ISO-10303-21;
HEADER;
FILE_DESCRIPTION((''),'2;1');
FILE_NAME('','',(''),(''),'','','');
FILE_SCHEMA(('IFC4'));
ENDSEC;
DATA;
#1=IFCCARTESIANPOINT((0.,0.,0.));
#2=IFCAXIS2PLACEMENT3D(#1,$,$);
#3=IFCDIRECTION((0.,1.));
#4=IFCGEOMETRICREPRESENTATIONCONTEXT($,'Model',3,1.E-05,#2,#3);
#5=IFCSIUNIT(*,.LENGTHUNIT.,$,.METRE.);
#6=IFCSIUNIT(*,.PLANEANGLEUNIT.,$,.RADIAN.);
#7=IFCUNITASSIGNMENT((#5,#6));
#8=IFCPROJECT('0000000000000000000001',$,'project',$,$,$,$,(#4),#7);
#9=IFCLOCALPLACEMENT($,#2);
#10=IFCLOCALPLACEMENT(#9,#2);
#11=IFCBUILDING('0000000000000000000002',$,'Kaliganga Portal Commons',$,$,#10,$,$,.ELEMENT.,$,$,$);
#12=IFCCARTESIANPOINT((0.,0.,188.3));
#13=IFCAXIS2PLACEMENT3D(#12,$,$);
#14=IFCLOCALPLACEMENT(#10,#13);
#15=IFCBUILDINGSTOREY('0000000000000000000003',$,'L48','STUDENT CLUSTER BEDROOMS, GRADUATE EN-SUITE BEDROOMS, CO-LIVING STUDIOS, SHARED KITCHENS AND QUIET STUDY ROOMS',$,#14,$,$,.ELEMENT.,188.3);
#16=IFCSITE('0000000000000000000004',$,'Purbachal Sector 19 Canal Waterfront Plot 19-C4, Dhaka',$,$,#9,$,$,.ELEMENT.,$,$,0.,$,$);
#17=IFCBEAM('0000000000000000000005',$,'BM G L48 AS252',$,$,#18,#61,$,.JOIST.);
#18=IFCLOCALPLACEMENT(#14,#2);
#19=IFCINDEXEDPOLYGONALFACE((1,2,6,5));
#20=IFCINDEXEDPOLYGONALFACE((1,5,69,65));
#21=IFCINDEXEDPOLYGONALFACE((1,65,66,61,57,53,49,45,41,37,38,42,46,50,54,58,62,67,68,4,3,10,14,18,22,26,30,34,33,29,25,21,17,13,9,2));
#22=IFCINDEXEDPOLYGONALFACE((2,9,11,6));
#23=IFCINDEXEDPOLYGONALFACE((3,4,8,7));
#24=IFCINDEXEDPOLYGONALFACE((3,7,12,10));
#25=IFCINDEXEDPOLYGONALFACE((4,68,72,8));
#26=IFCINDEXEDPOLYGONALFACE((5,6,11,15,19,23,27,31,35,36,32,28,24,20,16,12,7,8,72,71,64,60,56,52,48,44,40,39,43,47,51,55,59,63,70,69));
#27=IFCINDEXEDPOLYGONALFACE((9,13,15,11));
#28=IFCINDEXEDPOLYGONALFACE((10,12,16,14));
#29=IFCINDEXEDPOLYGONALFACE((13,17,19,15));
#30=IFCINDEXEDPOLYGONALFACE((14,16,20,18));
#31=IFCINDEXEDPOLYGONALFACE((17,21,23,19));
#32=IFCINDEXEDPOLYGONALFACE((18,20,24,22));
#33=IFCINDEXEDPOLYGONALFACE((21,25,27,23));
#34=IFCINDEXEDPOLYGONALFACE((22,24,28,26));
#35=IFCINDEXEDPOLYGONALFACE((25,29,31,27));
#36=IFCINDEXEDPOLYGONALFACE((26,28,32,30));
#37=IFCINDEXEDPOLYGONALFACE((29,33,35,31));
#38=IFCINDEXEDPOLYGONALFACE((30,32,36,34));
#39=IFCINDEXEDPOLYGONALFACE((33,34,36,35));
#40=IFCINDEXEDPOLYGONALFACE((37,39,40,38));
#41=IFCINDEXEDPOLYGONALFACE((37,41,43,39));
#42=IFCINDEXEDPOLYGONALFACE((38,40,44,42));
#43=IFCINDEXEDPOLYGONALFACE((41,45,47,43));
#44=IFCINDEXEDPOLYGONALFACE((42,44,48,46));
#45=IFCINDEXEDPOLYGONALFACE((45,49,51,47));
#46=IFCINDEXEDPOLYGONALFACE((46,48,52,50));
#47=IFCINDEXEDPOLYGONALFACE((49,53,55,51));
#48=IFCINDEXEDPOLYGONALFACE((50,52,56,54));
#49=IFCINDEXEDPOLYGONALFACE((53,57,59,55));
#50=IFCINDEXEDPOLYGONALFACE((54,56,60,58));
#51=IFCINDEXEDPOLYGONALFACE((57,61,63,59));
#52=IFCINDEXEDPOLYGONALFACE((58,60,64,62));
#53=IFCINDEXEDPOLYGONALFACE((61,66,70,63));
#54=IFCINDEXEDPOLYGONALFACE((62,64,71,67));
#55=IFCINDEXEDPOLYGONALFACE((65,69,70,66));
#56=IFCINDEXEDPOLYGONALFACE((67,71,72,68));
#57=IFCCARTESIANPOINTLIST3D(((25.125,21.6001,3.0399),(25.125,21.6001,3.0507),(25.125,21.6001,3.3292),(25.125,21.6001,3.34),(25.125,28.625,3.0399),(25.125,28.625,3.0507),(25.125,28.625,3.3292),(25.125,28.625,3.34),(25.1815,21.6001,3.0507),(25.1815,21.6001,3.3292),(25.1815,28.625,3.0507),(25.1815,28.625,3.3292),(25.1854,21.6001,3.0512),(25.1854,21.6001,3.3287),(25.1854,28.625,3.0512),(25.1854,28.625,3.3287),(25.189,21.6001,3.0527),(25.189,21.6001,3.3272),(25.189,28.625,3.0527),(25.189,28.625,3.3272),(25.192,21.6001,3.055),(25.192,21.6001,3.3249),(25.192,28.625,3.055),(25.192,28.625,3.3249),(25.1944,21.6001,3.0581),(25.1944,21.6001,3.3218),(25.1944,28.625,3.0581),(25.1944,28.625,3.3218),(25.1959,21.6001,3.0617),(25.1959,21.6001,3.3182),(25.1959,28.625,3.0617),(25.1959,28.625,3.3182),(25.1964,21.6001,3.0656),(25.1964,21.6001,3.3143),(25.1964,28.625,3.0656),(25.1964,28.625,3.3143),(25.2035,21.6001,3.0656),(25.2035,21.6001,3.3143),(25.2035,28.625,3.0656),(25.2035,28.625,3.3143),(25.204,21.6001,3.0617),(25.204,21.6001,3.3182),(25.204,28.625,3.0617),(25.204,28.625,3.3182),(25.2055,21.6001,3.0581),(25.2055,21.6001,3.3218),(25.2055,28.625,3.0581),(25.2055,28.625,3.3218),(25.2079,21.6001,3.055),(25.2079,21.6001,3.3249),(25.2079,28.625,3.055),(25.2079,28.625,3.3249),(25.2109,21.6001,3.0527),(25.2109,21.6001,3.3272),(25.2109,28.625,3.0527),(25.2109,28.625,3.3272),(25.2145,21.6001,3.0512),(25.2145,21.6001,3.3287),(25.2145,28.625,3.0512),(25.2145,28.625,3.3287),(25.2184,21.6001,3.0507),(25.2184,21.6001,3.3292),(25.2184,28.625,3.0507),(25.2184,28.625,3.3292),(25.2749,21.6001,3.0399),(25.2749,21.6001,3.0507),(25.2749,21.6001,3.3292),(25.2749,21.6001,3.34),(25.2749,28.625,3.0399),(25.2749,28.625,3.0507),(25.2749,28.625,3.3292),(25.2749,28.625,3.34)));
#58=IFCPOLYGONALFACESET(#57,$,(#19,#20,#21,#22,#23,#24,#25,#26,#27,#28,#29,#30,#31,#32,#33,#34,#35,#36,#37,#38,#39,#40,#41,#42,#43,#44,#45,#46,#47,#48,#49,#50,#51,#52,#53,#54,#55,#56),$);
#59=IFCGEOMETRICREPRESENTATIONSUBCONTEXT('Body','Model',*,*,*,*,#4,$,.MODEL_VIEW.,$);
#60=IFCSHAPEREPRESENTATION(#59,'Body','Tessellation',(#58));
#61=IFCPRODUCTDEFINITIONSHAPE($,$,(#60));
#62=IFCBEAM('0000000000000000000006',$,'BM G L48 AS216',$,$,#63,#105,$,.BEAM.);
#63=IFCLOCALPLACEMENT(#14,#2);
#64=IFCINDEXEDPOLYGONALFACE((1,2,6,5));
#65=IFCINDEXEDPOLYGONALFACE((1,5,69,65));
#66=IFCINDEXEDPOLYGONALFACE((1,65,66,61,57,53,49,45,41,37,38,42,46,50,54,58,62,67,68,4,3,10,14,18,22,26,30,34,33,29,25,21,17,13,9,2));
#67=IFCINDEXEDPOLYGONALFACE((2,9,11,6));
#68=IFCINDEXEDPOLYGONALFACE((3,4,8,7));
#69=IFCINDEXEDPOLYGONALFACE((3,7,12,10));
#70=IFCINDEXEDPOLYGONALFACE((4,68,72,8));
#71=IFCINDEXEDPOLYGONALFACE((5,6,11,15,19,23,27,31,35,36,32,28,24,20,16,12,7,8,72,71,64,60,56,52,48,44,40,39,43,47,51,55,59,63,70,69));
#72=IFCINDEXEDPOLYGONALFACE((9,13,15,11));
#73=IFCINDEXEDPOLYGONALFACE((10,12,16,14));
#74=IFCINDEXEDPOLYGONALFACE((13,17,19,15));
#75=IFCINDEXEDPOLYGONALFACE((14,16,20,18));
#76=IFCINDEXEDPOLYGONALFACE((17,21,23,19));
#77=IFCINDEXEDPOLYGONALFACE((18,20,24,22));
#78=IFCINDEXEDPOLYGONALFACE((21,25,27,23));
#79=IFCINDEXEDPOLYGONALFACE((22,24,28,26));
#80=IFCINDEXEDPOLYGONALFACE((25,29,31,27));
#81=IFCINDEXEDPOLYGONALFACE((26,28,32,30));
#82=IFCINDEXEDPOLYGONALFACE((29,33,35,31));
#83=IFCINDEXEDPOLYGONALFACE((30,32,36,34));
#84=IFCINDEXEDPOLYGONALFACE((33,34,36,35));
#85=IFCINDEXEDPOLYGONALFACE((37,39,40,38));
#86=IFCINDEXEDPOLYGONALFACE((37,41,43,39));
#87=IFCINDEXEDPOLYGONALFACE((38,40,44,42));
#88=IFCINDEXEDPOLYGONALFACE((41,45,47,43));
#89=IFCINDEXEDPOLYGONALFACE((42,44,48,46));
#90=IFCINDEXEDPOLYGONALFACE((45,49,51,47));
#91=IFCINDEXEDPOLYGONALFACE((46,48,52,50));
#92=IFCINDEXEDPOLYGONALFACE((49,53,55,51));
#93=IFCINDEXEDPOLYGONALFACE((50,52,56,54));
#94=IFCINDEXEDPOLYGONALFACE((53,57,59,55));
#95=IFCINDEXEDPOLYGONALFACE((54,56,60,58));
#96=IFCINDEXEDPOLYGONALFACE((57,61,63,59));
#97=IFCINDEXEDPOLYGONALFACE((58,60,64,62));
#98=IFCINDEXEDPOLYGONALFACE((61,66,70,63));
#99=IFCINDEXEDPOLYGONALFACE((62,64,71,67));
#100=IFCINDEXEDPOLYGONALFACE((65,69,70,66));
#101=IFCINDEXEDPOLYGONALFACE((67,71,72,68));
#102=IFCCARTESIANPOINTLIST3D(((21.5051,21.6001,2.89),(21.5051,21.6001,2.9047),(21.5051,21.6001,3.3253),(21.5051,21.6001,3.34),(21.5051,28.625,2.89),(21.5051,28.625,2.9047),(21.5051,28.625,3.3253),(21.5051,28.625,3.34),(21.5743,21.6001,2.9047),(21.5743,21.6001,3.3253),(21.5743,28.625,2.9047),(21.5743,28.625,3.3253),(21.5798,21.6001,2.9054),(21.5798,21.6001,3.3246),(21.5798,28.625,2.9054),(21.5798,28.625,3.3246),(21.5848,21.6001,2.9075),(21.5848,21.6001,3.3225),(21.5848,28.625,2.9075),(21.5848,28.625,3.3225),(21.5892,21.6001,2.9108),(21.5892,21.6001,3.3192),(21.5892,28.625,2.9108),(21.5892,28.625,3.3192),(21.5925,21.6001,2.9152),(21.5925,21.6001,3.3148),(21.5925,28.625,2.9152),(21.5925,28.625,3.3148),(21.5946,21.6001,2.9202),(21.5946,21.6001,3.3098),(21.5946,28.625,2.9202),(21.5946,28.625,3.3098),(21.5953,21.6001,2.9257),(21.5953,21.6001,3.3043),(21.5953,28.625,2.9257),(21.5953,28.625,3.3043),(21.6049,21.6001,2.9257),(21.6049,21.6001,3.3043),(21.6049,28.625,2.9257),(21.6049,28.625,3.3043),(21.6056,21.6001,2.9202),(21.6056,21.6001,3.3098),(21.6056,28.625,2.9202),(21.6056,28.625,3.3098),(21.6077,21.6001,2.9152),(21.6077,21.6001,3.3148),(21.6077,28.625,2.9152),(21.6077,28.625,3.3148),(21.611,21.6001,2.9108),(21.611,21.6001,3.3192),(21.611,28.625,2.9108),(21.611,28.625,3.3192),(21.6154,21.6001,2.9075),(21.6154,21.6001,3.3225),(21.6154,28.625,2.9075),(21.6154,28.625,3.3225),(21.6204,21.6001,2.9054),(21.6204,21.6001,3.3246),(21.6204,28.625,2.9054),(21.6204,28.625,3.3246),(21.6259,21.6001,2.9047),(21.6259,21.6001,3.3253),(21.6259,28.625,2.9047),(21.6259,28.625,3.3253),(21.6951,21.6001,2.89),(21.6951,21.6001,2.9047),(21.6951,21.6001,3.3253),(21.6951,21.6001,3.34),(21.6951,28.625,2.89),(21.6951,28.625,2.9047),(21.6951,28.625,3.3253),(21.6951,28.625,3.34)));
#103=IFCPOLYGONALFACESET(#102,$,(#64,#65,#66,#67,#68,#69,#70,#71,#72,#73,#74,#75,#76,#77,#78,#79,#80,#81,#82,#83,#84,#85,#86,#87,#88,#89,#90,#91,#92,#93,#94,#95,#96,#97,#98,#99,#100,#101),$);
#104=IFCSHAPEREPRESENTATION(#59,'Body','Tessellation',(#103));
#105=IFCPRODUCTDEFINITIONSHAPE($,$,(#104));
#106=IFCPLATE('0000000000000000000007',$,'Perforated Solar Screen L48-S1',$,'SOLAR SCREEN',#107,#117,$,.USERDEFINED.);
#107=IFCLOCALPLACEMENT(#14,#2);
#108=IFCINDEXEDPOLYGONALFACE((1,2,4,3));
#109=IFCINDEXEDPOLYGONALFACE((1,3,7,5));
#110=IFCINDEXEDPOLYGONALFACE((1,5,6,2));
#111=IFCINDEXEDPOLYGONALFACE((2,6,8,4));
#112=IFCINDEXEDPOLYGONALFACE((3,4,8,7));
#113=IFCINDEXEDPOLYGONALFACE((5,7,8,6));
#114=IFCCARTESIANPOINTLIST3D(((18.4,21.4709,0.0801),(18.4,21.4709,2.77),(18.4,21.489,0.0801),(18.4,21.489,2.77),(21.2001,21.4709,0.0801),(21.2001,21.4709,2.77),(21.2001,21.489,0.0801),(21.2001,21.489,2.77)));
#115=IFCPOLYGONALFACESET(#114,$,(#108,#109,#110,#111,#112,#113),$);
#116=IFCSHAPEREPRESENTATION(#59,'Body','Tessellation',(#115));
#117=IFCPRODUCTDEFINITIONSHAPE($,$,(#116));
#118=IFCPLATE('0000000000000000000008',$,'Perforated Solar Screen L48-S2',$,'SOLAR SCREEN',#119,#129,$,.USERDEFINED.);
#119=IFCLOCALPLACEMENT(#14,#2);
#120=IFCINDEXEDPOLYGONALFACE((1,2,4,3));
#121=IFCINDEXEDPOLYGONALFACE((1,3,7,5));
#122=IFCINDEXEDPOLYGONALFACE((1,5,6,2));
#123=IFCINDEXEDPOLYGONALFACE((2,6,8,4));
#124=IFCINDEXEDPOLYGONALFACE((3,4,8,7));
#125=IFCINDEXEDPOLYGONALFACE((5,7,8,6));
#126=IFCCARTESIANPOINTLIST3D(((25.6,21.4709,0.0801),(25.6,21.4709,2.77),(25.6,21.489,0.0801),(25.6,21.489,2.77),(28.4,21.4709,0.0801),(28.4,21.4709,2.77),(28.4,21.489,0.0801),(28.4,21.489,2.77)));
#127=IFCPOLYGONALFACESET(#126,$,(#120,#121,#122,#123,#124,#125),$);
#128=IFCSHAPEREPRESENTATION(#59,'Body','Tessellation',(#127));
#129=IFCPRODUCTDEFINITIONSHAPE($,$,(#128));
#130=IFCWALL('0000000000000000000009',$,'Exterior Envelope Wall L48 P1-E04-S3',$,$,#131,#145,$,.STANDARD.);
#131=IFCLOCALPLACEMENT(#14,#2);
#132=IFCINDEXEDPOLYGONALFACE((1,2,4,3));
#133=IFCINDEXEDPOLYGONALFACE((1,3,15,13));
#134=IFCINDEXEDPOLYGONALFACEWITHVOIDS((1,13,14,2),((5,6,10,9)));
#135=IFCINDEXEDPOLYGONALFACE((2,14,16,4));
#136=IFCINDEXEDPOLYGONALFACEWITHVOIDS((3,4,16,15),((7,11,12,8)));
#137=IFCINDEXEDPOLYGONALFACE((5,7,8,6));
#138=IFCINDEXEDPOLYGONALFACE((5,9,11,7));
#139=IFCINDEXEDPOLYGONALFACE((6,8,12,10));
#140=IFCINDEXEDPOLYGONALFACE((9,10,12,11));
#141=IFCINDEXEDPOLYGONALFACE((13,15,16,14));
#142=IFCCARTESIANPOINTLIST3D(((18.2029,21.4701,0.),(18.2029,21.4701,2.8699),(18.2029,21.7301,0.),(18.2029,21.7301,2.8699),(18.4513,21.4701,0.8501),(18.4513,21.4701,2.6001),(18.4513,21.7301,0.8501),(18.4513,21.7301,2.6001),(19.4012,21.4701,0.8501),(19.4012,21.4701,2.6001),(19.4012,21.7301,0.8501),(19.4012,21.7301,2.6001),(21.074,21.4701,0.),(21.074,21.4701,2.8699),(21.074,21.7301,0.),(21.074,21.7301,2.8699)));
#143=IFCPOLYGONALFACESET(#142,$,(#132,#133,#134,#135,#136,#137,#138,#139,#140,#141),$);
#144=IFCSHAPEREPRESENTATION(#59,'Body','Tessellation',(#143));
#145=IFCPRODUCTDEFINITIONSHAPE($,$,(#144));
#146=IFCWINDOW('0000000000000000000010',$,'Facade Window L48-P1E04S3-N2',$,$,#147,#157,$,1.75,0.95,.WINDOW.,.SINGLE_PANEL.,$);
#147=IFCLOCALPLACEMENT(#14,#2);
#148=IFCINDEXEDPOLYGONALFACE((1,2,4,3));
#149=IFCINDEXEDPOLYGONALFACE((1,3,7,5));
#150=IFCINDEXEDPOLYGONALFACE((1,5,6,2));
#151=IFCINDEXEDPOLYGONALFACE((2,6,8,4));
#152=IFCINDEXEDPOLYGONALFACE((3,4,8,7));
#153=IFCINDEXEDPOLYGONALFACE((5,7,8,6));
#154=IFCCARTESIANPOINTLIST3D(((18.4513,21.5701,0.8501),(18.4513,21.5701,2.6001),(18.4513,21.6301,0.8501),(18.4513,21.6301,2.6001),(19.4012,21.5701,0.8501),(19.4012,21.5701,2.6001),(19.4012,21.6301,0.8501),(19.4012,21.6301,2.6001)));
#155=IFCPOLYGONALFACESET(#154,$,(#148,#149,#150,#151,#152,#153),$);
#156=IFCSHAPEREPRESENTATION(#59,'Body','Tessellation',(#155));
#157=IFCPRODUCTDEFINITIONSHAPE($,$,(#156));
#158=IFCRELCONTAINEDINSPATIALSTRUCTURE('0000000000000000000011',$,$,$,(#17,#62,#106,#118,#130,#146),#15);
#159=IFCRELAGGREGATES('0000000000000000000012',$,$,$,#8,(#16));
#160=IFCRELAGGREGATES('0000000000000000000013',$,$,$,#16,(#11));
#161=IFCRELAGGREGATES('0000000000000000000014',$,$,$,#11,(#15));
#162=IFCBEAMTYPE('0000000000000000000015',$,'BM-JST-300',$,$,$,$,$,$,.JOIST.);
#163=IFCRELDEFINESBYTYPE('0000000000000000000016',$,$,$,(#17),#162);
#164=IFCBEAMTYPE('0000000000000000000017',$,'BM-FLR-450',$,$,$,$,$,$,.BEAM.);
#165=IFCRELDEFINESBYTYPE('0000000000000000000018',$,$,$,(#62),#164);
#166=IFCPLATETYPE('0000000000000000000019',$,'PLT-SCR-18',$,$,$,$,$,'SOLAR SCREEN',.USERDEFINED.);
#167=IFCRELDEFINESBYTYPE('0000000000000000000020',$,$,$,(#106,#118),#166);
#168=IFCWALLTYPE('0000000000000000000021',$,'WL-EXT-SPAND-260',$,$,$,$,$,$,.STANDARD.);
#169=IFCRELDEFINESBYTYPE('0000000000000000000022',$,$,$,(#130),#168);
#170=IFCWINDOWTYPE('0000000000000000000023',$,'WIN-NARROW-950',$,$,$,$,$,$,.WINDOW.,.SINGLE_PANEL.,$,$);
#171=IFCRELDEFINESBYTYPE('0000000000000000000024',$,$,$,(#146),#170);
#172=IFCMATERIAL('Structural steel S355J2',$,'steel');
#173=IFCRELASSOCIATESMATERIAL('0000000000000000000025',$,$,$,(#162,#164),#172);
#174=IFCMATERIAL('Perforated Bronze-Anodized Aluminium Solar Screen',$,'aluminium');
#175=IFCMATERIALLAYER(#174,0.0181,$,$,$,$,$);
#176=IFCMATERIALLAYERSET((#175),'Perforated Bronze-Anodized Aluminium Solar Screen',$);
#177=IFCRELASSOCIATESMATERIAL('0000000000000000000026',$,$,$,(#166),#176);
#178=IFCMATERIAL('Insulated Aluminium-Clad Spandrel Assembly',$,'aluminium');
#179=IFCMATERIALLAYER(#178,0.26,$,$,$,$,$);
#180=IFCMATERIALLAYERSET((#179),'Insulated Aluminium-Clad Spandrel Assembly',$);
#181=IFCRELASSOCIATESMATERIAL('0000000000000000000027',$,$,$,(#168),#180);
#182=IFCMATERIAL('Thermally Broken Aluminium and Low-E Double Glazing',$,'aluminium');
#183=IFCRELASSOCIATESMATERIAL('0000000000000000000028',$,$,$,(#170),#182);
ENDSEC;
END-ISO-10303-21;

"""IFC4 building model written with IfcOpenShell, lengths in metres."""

from ifc_helpers import new_model, si_unit, direction, frame, frame_2d, origin, origin_2d, place, context, subcontext, project, spatial, rectangle, i_section, extrude, source, transform, mapped, material, layer, layer_set, material_profile, profile_set, type_object, element, fill, save


model = new_model("IFC4")

# Units and contexts
model_context = context("Model", 3, precision=1e-05, world=origin(), true_north=direction((0.0, 1.0)))
body_context = subcontext(model_context, "Body", "Model", "MODEL_VIEW")
ifc_project = project(units=[si_unit("LENGTHUNIT", "METRE"), si_unit("PLANEANGLEUNIT", "RADIAN")], contexts=[model_context])

# Site, building, storey
site_placement = place(None, origin())
site = spatial("IfcSite", under=ifc_project, at=site_placement, Name="Purbachal Sector 19 Canal Waterfront Plot 19-C4, Dhaka", CompositionType="ELEMENT", RefElevation=0.0)
building_placement = place(site_placement, origin())
building = spatial("IfcBuilding", under=site, at=building_placement, Name="Kaliganga Portal Commons", CompositionType="ELEMENT")
storey_placement = place(building_placement, frame((0.0, 0.0, 188.3)))
storey = spatial("IfcBuildingStorey", under=building, at=storey_placement, Name="L48", Description="STUDENT CLUSTER BEDROOMS, GRADUATE EN-SUITE BEDROOMS, CO-LIVING STUDIOS, SHARED KITCHENS AND QUIET STUDY ROOMS", CompositionType="ELEMENT", Elevation=188.3)

# Beams
ifc_material_1 = material(Name="Structural steel S355J2", Category="steel")
ifc_material_profile_1 = material_profile(ifc_material_1, i_section(OverallWidth=0.1499, OverallDepth=0.3, WebThickness=0.0071, FlangeThickness=0.0107, FilletRadius=0.0149, at=origin_2d()), Name="IPE 300")
ifc_profile_set_1 = profile_set([ifc_material_profile_1], Name="Structural steel S355J2 wide-flange")
beam_type_1 = type_object("IfcBeamType", Name="BM-JST-300", PredefinedType="JOIST", material=ifc_profile_set_1)
shared_shape_1 = source(origin(), body_context, "Body", "SweptSolid", [
    extrude(i_section(OverallWidth=0.1499, OverallDepth=0.3, WebThickness=0.0071, FlangeThickness=0.0107, FilletRadius=0.0149, at=origin_2d()), origin(), (0.0, 0.0, 1.0), 7.0249),
])
beam_1_placement = place(storey_placement, frame((25.2, 21.6001, 3.1899), z_axis=(0.0, 1.0, 0.0), x_axis=(-1.0, 0.0, 0.0)))
element("IfcBeam", 1, at=beam_1_placement, inside=storey, type_object=beam_type_1, Name="BM G L48 AS252", PredefinedType="JOIST", context=body_context, shape_type="MappedRepresentation", body=[
    mapped(shared_shape_1, transform((0.0, 0.0, 0.0), x_axis=(1.0, 0.0, 0.0), y_axis=(0.0, 1.0, 0.0), z_axis=(0.0, 0.0, 1.0), scale=1.0)),
])
ifc_material_profile_2 = material_profile(ifc_material_1, i_section(OverallWidth=0.1899, OverallDepth=0.45, WebThickness=0.0095, FlangeThickness=0.0146, FilletRadius=0.021, at=origin_2d()), Name="IPE 450")
ifc_profile_set_2 = profile_set([ifc_material_profile_2], Name="Structural steel S355J2 wide-flange")
beam_type_2 = type_object("IfcBeamType", Name="BM-FLR-450", PredefinedType="BEAM", material=ifc_profile_set_2)
shared_shape_2 = source(origin(), body_context, "Body", "SweptSolid", [
    extrude(i_section(OverallWidth=0.1899, OverallDepth=0.45, WebThickness=0.0095, FlangeThickness=0.0146, FilletRadius=0.021, at=origin_2d()), origin(), (0.0, 0.0, 1.0), 7.0249),
])
beam_2_placement = place(storey_placement, frame((21.6001, 21.6001, 3.115), z_axis=(0.0, 1.0, 0.0), x_axis=(-1.0, 0.0, 0.0)))
element("IfcBeam", 2, at=beam_2_placement, inside=storey, type_object=beam_type_2, Name="BM G L48 AS216", PredefinedType="BEAM", context=body_context, shape_type="MappedRepresentation", body=[
    mapped(shared_shape_2, transform((0.0, 0.0, 0.0), x_axis=(1.0, 0.0, 0.0), y_axis=(0.0, 1.0, 0.0), z_axis=(0.0, 0.0, 1.0), scale=1.0)),
])

# Plates
ifc_material_2 = material(Name="Perforated Bronze-Anodized Aluminium Solar Screen", Category="aluminium")
ifc_layer_1 = layer(ifc_material_2, 0.0181)
ifc_layer_set_1 = layer_set([ifc_layer_1], Name="Perforated Bronze-Anodized Aluminium Solar Screen")
plate_type = type_object("IfcPlateType", Name="PLT-SCR-18", ElementType="SOLAR SCREEN", PredefinedType="USERDEFINED", material=ifc_layer_set_1)
shared_shape_3 = source(origin(), body_context, "Body", "SweptSolid", [
    extrude(rectangle(XDim=2.8, YDim=0.0181, at=origin_2d()), origin(), (0.0, 0.0, 1.0), 2.6899),
])
for number, where, z_axis, x_axis, name in (
    (3, (19.8, 21.48, 0.0801), (0.0, 0.0, 1.0), (1.0, 0.0, 0.0), "Perforated Solar Screen L48-S1"),
    (4, (27.0, 21.48, 0.0801), (0.0, 0.0, 1.0), (1.0, 0.0, 0.0), "Perforated Solar Screen L48-S2"),
):
    element("IfcPlate", number, at=place(storey_placement, frame(where, z_axis=z_axis, x_axis=x_axis)), inside=storey, type_object=plate_type, Name=name, ObjectType="SOLAR SCREEN", PredefinedType="USERDEFINED", context=body_context, shape_type="MappedRepresentation", body=[
        mapped(shared_shape_3, transform((0.0, 0.0, 0.0), x_axis=(1.0, 0.0, 0.0), y_axis=(0.0, 1.0, 0.0), z_axis=(0.0, 0.0, 1.0), scale=1.0)),
    ])

# Wall, opening, window
ifc_material_3 = material(Name="Insulated Aluminium-Clad Spandrel Assembly", Category="aluminium")
ifc_layer_2 = layer(ifc_material_3, 0.26)
ifc_layer_set_2 = layer_set([ifc_layer_2], Name="Insulated Aluminium-Clad Spandrel Assembly")
wall_type_1 = type_object("IfcWallType", Name="WL-EXT-SPAND-260", PredefinedType="STANDARD", material=ifc_layer_set_2)
wall_1_placement = place(storey_placement, frame((21.074, 21.6001, 0.0), z_axis=(0.0, 0.0, 1.0), x_axis=(-1.0, 0.0, 0.0)))
wall_1 = element("IfcWall", 5, at=wall_1_placement, inside=storey, type_object=wall_type_1, Name="Exterior Envelope Wall L48 P1-E04-S3", PredefinedType="STANDARD", context=body_context, shape_type="SweptSolid", body=[
    extrude(rectangle(XDim=2.8711, YDim=0.26, at=frame_2d((1.4355, 0.0))), origin(), (0.0, 0.0, 1.0), 2.8699),
])
opening_1_placement = place(wall_1_placement, frame((1.6726, 0.0, 0.8501)))
opening_1 = element("IfcOpeningElement", 6, at=opening_1_placement, cuts=wall_1, PredefinedType="OPENING", context=body_context, shape_type="SweptSolid", body=[
    extrude(rectangle(XDim=0.95, YDim=1.75, at=frame_2d((0.4751, 0.875))), frame((0.0, 0.1401, 0.0), z_axis=(0.0, -1.0, 0.0), x_axis=(1.0, 0.0, 0.0)), (0.0, 0.0, 1.0), 0.28),
])
ifc_material_4 = material(Name="Thermally Broken Aluminium and Low-E Double Glazing", Category="aluminium")
window_type_1 = type_object("IfcWindowType", Name="WIN-NARROW-950", PartitioningType="SINGLE_PANEL", PredefinedType="WINDOW", material=ifc_material_4)
window_1_placement = place(opening_1_placement, origin())
window_1 = element("IfcWindow", 7, at=window_1_placement, inside=storey, type_object=window_type_1, Name="Facade Window L48-P1E04S3-N2", OverallHeight=1.75, OverallWidth=0.95, PartitioningType="SINGLE_PANEL", PredefinedType="WINDOW", context=body_context, shape_type="SweptSolid", body=[
    extrude(rectangle(XDim=0.95, YDim=1.75, at=frame_2d((0.4751, 0.875))), frame((0.0, 0.03, 0.0), z_axis=(0.0, -1.0, 0.0), x_axis=(1.0, 0.0, 0.0)), (0.0, 0.0, 1.0), 0.0601),
])
fill(opening_1, window_1)

save(model, "model.ifc")
